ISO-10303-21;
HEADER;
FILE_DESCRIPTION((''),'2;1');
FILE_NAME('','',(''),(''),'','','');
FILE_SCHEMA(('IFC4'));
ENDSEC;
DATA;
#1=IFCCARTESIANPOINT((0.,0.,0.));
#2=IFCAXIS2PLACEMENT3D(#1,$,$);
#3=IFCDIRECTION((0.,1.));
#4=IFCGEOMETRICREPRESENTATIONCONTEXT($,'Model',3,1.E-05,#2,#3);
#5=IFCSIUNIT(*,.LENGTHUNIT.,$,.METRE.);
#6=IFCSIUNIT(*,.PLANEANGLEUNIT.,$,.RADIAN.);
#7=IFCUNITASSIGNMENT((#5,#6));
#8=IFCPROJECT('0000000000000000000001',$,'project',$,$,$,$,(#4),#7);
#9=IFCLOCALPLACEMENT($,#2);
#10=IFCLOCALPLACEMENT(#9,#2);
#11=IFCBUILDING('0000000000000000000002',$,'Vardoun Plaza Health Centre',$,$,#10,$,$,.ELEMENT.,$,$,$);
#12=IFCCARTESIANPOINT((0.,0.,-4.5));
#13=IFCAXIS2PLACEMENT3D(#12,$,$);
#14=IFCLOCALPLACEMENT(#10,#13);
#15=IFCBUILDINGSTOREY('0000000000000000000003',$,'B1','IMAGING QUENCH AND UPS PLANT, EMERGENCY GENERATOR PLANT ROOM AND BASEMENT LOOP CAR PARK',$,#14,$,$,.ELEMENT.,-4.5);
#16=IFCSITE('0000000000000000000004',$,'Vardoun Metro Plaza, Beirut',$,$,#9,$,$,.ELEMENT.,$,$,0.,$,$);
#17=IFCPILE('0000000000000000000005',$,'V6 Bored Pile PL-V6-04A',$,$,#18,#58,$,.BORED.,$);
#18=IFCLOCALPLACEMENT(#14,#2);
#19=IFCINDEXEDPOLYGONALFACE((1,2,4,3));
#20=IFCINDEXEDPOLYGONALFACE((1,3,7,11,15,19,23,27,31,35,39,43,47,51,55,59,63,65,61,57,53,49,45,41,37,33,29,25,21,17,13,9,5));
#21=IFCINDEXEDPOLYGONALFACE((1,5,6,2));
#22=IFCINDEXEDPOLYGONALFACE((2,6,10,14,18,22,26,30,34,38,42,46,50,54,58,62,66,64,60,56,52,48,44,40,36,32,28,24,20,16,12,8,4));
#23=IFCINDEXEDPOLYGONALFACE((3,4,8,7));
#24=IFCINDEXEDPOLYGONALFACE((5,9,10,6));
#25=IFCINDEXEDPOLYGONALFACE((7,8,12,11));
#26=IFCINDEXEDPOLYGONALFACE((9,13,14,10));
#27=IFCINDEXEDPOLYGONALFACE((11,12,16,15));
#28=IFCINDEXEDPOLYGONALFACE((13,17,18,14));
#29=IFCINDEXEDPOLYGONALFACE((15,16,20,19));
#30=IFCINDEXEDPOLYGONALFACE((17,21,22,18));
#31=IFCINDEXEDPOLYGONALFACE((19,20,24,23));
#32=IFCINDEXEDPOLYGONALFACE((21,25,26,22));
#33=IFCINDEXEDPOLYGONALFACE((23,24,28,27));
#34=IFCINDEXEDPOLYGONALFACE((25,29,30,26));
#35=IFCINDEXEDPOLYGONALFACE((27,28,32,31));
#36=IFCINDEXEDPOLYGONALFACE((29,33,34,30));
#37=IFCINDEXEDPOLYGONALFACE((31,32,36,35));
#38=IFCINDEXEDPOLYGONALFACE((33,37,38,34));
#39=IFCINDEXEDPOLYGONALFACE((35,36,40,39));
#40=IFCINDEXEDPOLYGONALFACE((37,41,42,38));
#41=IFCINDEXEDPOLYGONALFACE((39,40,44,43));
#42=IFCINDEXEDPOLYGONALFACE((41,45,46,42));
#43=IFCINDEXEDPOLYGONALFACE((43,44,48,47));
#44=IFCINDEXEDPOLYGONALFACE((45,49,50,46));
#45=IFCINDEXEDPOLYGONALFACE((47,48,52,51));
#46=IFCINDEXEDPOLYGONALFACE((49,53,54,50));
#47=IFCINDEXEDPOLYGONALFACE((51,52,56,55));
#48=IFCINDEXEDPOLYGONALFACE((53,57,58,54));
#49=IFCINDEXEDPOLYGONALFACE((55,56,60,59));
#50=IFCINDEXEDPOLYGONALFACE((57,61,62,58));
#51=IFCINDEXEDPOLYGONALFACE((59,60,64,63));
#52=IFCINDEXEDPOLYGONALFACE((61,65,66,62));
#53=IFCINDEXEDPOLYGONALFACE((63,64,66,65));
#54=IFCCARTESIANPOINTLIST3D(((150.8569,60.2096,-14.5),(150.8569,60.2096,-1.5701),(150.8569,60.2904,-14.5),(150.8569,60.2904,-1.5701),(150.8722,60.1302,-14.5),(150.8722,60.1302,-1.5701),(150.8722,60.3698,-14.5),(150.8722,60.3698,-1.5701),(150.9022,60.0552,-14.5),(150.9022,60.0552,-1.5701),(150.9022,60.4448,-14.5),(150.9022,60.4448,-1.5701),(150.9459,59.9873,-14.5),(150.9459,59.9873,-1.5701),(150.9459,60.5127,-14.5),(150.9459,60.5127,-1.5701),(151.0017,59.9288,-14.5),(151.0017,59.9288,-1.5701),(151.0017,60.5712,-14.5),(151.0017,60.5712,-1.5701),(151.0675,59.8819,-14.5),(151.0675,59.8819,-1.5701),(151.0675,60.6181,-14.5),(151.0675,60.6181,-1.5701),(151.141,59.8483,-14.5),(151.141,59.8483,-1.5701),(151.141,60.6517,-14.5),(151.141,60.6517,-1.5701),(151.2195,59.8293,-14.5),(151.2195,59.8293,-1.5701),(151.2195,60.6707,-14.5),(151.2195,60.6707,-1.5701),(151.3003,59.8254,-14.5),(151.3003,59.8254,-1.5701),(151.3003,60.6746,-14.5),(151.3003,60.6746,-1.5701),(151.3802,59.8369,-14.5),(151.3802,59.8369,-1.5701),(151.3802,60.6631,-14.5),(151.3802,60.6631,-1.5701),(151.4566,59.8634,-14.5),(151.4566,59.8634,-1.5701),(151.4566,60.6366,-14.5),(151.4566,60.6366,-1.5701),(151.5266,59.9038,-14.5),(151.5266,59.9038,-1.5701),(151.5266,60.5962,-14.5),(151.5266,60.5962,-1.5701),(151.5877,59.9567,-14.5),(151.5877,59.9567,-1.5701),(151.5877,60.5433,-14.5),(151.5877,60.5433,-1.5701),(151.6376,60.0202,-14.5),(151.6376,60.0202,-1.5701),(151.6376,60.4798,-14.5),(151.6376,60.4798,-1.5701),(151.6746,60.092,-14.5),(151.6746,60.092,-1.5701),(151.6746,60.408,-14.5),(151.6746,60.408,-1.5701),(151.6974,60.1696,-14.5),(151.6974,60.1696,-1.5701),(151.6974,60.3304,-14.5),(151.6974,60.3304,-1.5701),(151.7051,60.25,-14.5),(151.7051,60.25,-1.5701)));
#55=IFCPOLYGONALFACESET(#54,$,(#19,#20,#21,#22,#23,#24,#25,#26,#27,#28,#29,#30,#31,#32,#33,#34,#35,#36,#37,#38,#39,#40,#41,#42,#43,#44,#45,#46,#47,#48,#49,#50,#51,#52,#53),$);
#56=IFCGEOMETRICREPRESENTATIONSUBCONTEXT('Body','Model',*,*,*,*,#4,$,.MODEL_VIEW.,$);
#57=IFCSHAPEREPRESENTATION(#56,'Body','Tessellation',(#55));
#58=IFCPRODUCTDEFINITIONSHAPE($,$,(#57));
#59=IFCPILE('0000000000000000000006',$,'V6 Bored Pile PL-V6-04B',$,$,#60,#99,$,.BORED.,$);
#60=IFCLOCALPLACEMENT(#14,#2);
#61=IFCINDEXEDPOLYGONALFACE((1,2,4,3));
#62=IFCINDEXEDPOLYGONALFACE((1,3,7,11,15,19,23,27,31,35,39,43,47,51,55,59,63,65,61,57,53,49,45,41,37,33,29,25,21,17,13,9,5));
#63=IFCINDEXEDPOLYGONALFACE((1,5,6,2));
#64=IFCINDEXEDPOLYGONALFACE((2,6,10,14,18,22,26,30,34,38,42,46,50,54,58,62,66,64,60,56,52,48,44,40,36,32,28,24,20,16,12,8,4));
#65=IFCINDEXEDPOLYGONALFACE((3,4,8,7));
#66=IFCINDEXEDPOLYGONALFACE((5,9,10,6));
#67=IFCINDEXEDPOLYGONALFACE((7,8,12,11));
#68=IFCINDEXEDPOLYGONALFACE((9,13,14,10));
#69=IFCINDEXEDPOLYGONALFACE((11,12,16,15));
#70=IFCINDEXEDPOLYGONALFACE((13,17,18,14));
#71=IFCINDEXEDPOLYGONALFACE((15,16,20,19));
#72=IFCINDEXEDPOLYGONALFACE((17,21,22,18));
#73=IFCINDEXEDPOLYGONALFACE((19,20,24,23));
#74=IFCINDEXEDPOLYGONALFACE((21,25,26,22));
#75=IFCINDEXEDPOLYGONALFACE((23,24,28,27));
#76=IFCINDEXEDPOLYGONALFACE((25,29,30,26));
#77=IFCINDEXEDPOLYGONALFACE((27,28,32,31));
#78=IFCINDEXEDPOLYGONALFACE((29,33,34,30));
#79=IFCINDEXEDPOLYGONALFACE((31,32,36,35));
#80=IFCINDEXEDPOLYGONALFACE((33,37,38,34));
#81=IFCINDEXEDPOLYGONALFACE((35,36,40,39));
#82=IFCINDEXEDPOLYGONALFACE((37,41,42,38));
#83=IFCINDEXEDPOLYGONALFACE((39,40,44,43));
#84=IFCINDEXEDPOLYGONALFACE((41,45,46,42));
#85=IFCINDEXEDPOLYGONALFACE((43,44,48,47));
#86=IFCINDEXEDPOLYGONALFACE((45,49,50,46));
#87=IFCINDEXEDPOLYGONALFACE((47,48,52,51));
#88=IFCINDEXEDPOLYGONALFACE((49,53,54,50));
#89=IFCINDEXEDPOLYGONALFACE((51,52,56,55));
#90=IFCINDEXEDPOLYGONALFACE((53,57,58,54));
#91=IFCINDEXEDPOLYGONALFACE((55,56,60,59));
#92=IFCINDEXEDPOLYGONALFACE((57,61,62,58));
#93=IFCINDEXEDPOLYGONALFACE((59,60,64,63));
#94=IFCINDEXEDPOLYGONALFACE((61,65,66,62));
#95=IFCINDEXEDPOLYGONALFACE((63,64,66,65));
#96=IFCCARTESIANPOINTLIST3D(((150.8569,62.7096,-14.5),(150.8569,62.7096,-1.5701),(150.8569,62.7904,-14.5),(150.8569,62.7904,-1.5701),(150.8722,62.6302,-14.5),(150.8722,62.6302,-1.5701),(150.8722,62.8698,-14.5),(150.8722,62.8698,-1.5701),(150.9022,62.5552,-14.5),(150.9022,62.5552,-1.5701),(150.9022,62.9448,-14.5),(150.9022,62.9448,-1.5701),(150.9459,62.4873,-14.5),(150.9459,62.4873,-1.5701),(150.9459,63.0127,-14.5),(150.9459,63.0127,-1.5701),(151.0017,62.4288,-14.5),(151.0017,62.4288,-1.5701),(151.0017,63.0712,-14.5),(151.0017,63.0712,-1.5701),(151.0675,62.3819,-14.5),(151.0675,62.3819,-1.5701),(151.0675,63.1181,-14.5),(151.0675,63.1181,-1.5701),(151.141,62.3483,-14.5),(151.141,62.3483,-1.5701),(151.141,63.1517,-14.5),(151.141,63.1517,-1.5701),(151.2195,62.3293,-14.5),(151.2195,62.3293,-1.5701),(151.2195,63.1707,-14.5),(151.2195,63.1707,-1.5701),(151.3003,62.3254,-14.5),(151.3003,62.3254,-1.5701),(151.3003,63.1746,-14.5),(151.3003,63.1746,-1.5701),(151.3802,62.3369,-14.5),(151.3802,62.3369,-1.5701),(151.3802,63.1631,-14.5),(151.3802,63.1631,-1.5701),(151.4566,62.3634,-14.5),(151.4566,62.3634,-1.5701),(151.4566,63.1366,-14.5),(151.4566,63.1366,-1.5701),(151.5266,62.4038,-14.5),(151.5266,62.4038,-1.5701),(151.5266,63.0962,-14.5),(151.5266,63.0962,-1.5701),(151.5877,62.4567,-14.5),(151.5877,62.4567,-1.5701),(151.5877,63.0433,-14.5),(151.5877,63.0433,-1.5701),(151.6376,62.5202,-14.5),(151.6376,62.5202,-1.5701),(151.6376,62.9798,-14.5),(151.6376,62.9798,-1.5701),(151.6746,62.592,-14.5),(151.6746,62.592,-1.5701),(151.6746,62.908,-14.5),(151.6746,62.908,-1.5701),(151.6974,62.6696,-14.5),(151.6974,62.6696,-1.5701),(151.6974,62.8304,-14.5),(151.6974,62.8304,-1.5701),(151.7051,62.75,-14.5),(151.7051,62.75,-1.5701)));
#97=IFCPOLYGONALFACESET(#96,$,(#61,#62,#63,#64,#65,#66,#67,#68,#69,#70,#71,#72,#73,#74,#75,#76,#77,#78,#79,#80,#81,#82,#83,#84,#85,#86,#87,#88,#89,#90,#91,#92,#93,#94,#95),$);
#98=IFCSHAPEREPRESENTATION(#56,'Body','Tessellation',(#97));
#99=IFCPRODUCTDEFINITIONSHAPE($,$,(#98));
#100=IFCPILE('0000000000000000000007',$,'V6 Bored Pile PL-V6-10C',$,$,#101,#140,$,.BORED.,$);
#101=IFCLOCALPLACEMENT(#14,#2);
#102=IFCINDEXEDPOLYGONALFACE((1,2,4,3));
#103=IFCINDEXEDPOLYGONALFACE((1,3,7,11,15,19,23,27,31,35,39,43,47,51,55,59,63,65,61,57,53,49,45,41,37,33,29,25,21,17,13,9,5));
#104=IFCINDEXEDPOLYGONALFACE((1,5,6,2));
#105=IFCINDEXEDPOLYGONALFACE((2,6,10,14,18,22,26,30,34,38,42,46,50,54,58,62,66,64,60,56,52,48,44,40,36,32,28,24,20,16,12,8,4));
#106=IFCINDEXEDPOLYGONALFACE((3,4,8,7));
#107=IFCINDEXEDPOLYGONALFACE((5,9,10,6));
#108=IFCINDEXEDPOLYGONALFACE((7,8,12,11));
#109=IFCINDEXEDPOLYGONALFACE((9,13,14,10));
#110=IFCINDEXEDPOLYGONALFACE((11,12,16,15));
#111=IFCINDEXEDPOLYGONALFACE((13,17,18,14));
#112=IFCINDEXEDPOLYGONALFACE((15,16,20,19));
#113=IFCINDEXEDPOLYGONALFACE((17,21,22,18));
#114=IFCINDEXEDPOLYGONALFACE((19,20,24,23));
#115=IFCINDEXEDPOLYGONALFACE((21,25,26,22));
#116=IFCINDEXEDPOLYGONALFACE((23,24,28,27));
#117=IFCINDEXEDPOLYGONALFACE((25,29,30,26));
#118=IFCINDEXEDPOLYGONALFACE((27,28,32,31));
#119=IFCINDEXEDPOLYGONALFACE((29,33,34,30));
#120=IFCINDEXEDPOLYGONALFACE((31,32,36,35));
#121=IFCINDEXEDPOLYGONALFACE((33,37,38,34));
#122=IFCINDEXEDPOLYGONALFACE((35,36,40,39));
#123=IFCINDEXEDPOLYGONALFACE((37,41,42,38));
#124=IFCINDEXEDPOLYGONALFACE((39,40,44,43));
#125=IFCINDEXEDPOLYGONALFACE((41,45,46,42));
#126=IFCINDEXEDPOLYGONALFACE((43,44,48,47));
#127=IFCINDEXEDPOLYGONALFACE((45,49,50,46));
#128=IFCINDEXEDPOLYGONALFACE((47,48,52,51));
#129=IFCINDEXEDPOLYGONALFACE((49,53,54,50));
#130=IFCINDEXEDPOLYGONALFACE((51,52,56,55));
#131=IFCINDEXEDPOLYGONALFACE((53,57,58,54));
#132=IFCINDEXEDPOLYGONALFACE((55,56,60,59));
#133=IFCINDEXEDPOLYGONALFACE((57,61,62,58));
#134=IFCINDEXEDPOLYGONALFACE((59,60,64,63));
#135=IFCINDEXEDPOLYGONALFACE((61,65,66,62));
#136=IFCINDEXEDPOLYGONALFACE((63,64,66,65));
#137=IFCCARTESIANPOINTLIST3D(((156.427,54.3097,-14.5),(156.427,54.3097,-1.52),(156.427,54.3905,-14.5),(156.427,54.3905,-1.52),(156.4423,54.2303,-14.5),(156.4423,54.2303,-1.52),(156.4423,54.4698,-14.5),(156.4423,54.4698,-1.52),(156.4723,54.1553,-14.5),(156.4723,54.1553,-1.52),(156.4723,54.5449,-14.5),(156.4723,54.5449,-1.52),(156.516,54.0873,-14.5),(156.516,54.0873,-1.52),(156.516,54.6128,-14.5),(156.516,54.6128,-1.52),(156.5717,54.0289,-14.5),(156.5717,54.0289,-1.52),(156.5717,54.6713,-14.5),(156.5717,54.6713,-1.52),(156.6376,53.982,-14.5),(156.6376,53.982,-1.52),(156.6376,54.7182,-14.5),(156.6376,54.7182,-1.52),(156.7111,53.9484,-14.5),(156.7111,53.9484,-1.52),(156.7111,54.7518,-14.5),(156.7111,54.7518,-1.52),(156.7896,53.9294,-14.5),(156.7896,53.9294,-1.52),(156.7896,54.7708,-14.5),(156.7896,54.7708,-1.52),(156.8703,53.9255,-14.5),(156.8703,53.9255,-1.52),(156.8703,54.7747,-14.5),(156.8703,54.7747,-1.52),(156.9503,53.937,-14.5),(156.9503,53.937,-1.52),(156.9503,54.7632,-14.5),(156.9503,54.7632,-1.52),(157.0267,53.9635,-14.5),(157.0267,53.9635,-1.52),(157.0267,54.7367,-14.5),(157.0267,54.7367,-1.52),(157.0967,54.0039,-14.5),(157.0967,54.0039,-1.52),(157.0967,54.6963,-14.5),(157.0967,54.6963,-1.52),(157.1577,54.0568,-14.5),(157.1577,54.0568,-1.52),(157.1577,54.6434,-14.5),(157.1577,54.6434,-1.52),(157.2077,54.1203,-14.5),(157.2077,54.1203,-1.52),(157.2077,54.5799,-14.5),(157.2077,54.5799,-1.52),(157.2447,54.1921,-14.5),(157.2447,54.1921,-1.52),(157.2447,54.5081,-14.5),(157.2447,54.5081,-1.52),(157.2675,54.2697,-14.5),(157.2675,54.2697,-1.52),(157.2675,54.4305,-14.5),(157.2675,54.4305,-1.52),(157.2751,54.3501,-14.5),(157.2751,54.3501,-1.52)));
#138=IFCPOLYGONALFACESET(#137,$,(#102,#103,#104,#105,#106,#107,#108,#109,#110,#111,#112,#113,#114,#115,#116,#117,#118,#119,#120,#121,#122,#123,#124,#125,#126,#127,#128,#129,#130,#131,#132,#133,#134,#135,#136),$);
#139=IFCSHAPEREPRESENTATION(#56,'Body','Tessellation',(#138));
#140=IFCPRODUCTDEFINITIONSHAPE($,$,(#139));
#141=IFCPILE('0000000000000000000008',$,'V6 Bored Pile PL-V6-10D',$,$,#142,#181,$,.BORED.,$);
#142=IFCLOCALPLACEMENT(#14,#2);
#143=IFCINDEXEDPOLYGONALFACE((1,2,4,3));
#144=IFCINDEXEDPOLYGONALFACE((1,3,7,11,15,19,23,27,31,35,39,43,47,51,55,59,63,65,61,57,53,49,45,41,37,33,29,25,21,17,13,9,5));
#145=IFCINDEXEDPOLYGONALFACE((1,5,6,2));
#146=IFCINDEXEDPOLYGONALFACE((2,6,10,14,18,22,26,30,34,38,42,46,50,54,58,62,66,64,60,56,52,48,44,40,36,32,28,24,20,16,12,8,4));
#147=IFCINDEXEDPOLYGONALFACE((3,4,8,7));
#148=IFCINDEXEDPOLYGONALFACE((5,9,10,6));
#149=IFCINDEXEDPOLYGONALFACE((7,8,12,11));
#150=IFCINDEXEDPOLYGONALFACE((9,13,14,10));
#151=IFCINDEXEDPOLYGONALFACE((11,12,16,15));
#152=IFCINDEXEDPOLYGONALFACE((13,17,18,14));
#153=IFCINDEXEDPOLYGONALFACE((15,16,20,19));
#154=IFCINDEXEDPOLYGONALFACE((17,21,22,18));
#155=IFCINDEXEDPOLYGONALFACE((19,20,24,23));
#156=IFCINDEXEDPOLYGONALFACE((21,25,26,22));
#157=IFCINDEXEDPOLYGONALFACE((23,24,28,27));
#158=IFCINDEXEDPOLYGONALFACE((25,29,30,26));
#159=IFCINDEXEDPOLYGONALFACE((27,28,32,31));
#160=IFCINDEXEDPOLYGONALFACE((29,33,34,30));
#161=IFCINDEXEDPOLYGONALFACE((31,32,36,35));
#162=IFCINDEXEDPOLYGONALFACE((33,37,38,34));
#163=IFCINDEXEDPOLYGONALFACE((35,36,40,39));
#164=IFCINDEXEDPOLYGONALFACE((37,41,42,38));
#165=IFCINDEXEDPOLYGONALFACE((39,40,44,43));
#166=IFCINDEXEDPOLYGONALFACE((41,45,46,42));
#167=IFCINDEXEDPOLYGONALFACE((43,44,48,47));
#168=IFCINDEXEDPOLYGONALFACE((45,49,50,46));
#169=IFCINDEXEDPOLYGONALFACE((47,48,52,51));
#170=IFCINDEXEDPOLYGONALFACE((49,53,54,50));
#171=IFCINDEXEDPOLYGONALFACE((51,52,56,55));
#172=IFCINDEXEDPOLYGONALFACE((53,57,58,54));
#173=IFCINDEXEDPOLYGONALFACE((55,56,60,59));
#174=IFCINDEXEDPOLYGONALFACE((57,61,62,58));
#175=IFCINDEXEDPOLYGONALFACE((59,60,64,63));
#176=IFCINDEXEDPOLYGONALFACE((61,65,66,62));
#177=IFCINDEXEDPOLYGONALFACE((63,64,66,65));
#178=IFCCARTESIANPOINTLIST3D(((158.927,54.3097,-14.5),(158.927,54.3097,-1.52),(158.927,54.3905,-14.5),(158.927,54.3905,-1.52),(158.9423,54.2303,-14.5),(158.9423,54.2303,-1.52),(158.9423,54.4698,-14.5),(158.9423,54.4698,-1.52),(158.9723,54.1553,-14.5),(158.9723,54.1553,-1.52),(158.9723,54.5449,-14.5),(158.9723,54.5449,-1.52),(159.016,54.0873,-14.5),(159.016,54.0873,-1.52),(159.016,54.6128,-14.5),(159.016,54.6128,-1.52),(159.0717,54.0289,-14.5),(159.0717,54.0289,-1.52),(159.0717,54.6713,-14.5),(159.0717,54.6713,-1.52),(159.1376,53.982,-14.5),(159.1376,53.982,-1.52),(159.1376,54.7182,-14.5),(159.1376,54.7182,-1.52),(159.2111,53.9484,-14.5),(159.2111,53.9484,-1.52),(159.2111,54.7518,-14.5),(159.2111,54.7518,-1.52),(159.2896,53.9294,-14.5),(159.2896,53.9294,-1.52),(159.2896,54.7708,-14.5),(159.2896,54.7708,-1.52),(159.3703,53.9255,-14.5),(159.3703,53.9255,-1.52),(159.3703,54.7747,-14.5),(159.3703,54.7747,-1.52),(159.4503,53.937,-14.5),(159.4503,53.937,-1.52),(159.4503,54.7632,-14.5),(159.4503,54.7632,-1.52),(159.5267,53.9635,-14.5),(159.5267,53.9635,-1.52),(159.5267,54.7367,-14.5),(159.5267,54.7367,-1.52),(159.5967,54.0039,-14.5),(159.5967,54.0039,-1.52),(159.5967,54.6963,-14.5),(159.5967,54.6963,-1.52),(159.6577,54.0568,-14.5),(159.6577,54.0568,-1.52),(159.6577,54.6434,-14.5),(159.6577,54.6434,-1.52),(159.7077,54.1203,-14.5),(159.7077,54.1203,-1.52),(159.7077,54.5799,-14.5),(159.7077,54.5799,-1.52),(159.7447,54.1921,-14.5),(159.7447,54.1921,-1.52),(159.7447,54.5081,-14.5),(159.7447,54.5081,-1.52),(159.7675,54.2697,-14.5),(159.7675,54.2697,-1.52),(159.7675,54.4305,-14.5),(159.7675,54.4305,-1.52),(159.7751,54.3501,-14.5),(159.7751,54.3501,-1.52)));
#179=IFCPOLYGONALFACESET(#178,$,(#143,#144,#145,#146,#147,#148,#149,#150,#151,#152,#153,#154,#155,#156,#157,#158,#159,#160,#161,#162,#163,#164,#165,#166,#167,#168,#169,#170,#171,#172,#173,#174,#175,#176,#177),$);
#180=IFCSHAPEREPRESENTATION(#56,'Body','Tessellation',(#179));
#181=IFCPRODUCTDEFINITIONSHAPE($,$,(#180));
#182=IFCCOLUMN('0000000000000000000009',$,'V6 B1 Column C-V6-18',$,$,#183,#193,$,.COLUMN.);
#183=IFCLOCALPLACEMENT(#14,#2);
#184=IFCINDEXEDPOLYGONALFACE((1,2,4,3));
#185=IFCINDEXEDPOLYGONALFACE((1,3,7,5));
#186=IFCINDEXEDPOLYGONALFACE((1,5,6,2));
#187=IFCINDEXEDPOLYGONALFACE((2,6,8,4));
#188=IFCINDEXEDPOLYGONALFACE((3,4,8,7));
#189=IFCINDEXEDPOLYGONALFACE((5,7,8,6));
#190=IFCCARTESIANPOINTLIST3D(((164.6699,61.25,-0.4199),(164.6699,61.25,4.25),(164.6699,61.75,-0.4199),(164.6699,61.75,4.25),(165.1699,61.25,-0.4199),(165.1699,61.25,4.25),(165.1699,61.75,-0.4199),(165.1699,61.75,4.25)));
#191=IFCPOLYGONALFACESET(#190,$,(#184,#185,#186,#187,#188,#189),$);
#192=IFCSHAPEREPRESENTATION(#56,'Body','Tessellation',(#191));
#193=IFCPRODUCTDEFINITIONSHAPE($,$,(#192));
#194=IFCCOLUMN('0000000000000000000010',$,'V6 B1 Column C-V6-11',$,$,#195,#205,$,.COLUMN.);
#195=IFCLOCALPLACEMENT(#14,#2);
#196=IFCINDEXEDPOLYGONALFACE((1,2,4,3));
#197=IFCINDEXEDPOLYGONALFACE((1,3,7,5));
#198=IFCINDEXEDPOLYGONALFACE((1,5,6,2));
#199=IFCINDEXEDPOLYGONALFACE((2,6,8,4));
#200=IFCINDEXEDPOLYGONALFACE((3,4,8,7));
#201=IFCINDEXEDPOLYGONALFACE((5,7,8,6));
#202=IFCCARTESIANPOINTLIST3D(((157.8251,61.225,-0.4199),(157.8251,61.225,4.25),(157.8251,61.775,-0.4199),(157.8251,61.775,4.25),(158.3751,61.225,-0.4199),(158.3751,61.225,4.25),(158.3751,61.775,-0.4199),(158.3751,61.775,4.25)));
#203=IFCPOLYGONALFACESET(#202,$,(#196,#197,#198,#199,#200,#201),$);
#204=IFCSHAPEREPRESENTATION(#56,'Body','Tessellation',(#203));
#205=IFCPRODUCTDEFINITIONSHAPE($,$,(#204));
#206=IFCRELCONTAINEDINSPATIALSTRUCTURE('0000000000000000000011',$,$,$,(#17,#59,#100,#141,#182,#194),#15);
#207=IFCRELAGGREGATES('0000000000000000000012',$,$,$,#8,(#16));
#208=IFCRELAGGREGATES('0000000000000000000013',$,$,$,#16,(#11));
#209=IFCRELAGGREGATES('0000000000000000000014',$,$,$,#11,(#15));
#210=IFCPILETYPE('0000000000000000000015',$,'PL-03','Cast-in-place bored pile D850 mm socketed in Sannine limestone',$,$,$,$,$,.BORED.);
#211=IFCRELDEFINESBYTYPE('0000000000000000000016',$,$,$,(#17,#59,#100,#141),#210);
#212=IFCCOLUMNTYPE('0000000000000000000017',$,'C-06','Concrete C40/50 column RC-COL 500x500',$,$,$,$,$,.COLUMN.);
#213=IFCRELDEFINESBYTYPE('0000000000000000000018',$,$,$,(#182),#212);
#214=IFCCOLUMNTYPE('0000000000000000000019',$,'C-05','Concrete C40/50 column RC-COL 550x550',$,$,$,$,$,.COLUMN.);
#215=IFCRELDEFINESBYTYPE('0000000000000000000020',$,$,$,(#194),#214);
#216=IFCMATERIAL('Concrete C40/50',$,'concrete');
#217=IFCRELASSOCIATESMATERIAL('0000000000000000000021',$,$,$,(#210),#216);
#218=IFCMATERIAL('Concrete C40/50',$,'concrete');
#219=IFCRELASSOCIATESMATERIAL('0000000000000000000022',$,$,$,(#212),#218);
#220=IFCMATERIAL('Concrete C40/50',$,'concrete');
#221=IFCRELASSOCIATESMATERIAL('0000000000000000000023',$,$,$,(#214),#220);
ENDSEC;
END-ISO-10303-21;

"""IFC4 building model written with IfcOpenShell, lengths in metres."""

from ifc_helpers import new_model, si_unit, direction, frame, origin, origin_2d, place, context, subcontext, project, spatial, rectangle, circle, extrude, material, material_profile, profile_set, type_object, element, save


model = new_model("IFC4")

# Units and contexts
model_context = context("Model", 3, precision=1e-05, world=origin(), true_north=direction((0.0, 1.0)))
body_context = subcontext(model_context, "Body", "Model", "MODEL_VIEW")
ifc_project = project(units=[si_unit("LENGTHUNIT", "METRE"), si_unit("PLANEANGLEUNIT", "RADIAN")], contexts=[model_context])

# Site, building, storey
site_placement = place(None, origin())
site = spatial("IfcSite", under=ifc_project, at=site_placement, Name="Vardoun Metro Plaza, Beirut", CompositionType="ELEMENT", RefElevation=0.0)
building_placement = place(site_placement, origin())
building = spatial("IfcBuilding", under=site, at=building_placement, Name="Vardoun Plaza Health Centre", CompositionType="ELEMENT")
storey_placement = place(building_placement, frame((0.0, 0.0, -4.5)))
storey = spatial("IfcBuildingStorey", under=building, at=storey_placement, Name="B1", Description="IMAGING QUENCH AND UPS PLANT, EMERGENCY GENERATOR PLANT ROOM AND BASEMENT LOOP CAR PARK", CompositionType="ELEMENT", Elevation=-4.5)

# Piles
ifc_material_1 = material(Name="Concrete C40/50", Category="concrete")
ifc_material_profile_1 = material_profile(ifc_material_1, circle(Radius=0.425, at=origin_2d()), Name="PILE D850")
ifc_profile_set_1 = profile_set([ifc_material_profile_1], Name="Concrete C40/50")
pile_type_1 = type_object("IfcPileType", Name="PL-03", Description="Cast-in-place bored pile D850 mm socketed in Sannine limestone", PredefinedType="BORED", material=ifc_profile_set_1)
for number, where, z_axis, x_axis, name in (
    (1, (151.28, 60.25, -1.5701), (0.0, 0.0, -1.0), (1.0, 0.0, 0.0), "V6 Bored Pile PL-V6-04A"),
    (2, (151.28, 62.75, -1.5701), (0.0, 0.0, -1.0), (1.0, 0.0, 0.0), "V6 Bored Pile PL-V6-04B"),
):
    element("IfcPile", number, at=place(storey_placement, frame(where, z_axis=z_axis, x_axis=x_axis)), inside=storey, type_object=pile_type_1, Name=name, PredefinedType="BORED", context=body_context, shape_type="SweptSolid", body=[
        extrude(circle(Radius=0.425, at=origin_2d()), origin(), (0.0, 0.0, 1.0), 12.9299),
    ])
for number, where, z_axis, x_axis, name in (
    (3, (156.8501, 54.3501, -1.52), (0.0, 0.0, -1.0), (1.0, 0.0, 0.0), "V6 Bored Pile PL-V6-10C"),
    (4, (159.3501, 54.3501, -1.52), (0.0, 0.0, -1.0), (1.0, 0.0, 0.0), "V6 Bored Pile PL-V6-10D"),
):
    element("IfcPile", number, at=place(storey_placement, frame(where, z_axis=z_axis, x_axis=x_axis)), inside=storey, type_object=pile_type_1, Name=name, PredefinedType="BORED", context=body_context, shape_type="SweptSolid", body=[
        extrude(circle(Radius=0.425, at=origin_2d()), origin(), (0.0, 0.0, 1.0), 12.98),
    ])

# Columns
ifc_material_2 = material(Name="Concrete C40/50", Category="concrete")
ifc_material_profile_2 = material_profile(ifc_material_2, rectangle(XDim=0.5, YDim=0.5, at=origin_2d()), Name="RC-COL 500x500")
ifc_profile_set_2 = profile_set([ifc_material_profile_2], Name="Concrete C40/50")
column_type_1 = type_object("IfcColumnType", Name="C-06", Description="Concrete C40/50 column RC-COL 500x500", PredefinedType="COLUMN", material=ifc_profile_set_2)
column_1_placement = place(storey_placement, frame((164.9199, 61.5, -0.4199), z_axis=(0.0, 0.0, 1.0), x_axis=(1.0, 0.0, 0.0)))
element("IfcColumn", 5, at=column_1_placement, inside=storey, type_object=column_type_1, Name="V6 B1 Column C-V6-18", PredefinedType="COLUMN", context=body_context, shape_type="SweptSolid", body=[
    extrude(rectangle(XDim=0.5, YDim=0.5, at=origin_2d()), origin(), (0.0, 0.0, 1.0), 4.6699),
])
ifc_material_3 = material(Name="Concrete C40/50", Category="concrete")
ifc_material_profile_3 = material_profile(ifc_material_3, rectangle(XDim=0.55, YDim=0.55, at=origin_2d()), Name="RC-COL 550x550")
ifc_profile_set_3 = profile_set([ifc_material_profile_3], Name="Concrete C40/50")
column_type_2 = type_object("IfcColumnType", Name="C-05", Description="Concrete C40/50 column RC-COL 550x550", PredefinedType="COLUMN", material=ifc_profile_set_3)
column_2_placement = place(storey_placement, frame((158.1001, 61.5, -0.4199), z_axis=(0.0, 0.0, 1.0), x_axis=(1.0, 0.0, 0.0)))
element("IfcColumn", 6, at=column_2_placement, inside=storey, type_object=column_type_2, Name="V6 B1 Column C-V6-11", PredefinedType="COLUMN", context=body_context, shape_type="SweptSolid", body=[
    extrude(rectangle(XDim=0.55, YDim=0.55, at=origin_2d()), origin(), (0.0, 0.0, 1.0), 4.6699),
])

save(model, "model.ifc")
